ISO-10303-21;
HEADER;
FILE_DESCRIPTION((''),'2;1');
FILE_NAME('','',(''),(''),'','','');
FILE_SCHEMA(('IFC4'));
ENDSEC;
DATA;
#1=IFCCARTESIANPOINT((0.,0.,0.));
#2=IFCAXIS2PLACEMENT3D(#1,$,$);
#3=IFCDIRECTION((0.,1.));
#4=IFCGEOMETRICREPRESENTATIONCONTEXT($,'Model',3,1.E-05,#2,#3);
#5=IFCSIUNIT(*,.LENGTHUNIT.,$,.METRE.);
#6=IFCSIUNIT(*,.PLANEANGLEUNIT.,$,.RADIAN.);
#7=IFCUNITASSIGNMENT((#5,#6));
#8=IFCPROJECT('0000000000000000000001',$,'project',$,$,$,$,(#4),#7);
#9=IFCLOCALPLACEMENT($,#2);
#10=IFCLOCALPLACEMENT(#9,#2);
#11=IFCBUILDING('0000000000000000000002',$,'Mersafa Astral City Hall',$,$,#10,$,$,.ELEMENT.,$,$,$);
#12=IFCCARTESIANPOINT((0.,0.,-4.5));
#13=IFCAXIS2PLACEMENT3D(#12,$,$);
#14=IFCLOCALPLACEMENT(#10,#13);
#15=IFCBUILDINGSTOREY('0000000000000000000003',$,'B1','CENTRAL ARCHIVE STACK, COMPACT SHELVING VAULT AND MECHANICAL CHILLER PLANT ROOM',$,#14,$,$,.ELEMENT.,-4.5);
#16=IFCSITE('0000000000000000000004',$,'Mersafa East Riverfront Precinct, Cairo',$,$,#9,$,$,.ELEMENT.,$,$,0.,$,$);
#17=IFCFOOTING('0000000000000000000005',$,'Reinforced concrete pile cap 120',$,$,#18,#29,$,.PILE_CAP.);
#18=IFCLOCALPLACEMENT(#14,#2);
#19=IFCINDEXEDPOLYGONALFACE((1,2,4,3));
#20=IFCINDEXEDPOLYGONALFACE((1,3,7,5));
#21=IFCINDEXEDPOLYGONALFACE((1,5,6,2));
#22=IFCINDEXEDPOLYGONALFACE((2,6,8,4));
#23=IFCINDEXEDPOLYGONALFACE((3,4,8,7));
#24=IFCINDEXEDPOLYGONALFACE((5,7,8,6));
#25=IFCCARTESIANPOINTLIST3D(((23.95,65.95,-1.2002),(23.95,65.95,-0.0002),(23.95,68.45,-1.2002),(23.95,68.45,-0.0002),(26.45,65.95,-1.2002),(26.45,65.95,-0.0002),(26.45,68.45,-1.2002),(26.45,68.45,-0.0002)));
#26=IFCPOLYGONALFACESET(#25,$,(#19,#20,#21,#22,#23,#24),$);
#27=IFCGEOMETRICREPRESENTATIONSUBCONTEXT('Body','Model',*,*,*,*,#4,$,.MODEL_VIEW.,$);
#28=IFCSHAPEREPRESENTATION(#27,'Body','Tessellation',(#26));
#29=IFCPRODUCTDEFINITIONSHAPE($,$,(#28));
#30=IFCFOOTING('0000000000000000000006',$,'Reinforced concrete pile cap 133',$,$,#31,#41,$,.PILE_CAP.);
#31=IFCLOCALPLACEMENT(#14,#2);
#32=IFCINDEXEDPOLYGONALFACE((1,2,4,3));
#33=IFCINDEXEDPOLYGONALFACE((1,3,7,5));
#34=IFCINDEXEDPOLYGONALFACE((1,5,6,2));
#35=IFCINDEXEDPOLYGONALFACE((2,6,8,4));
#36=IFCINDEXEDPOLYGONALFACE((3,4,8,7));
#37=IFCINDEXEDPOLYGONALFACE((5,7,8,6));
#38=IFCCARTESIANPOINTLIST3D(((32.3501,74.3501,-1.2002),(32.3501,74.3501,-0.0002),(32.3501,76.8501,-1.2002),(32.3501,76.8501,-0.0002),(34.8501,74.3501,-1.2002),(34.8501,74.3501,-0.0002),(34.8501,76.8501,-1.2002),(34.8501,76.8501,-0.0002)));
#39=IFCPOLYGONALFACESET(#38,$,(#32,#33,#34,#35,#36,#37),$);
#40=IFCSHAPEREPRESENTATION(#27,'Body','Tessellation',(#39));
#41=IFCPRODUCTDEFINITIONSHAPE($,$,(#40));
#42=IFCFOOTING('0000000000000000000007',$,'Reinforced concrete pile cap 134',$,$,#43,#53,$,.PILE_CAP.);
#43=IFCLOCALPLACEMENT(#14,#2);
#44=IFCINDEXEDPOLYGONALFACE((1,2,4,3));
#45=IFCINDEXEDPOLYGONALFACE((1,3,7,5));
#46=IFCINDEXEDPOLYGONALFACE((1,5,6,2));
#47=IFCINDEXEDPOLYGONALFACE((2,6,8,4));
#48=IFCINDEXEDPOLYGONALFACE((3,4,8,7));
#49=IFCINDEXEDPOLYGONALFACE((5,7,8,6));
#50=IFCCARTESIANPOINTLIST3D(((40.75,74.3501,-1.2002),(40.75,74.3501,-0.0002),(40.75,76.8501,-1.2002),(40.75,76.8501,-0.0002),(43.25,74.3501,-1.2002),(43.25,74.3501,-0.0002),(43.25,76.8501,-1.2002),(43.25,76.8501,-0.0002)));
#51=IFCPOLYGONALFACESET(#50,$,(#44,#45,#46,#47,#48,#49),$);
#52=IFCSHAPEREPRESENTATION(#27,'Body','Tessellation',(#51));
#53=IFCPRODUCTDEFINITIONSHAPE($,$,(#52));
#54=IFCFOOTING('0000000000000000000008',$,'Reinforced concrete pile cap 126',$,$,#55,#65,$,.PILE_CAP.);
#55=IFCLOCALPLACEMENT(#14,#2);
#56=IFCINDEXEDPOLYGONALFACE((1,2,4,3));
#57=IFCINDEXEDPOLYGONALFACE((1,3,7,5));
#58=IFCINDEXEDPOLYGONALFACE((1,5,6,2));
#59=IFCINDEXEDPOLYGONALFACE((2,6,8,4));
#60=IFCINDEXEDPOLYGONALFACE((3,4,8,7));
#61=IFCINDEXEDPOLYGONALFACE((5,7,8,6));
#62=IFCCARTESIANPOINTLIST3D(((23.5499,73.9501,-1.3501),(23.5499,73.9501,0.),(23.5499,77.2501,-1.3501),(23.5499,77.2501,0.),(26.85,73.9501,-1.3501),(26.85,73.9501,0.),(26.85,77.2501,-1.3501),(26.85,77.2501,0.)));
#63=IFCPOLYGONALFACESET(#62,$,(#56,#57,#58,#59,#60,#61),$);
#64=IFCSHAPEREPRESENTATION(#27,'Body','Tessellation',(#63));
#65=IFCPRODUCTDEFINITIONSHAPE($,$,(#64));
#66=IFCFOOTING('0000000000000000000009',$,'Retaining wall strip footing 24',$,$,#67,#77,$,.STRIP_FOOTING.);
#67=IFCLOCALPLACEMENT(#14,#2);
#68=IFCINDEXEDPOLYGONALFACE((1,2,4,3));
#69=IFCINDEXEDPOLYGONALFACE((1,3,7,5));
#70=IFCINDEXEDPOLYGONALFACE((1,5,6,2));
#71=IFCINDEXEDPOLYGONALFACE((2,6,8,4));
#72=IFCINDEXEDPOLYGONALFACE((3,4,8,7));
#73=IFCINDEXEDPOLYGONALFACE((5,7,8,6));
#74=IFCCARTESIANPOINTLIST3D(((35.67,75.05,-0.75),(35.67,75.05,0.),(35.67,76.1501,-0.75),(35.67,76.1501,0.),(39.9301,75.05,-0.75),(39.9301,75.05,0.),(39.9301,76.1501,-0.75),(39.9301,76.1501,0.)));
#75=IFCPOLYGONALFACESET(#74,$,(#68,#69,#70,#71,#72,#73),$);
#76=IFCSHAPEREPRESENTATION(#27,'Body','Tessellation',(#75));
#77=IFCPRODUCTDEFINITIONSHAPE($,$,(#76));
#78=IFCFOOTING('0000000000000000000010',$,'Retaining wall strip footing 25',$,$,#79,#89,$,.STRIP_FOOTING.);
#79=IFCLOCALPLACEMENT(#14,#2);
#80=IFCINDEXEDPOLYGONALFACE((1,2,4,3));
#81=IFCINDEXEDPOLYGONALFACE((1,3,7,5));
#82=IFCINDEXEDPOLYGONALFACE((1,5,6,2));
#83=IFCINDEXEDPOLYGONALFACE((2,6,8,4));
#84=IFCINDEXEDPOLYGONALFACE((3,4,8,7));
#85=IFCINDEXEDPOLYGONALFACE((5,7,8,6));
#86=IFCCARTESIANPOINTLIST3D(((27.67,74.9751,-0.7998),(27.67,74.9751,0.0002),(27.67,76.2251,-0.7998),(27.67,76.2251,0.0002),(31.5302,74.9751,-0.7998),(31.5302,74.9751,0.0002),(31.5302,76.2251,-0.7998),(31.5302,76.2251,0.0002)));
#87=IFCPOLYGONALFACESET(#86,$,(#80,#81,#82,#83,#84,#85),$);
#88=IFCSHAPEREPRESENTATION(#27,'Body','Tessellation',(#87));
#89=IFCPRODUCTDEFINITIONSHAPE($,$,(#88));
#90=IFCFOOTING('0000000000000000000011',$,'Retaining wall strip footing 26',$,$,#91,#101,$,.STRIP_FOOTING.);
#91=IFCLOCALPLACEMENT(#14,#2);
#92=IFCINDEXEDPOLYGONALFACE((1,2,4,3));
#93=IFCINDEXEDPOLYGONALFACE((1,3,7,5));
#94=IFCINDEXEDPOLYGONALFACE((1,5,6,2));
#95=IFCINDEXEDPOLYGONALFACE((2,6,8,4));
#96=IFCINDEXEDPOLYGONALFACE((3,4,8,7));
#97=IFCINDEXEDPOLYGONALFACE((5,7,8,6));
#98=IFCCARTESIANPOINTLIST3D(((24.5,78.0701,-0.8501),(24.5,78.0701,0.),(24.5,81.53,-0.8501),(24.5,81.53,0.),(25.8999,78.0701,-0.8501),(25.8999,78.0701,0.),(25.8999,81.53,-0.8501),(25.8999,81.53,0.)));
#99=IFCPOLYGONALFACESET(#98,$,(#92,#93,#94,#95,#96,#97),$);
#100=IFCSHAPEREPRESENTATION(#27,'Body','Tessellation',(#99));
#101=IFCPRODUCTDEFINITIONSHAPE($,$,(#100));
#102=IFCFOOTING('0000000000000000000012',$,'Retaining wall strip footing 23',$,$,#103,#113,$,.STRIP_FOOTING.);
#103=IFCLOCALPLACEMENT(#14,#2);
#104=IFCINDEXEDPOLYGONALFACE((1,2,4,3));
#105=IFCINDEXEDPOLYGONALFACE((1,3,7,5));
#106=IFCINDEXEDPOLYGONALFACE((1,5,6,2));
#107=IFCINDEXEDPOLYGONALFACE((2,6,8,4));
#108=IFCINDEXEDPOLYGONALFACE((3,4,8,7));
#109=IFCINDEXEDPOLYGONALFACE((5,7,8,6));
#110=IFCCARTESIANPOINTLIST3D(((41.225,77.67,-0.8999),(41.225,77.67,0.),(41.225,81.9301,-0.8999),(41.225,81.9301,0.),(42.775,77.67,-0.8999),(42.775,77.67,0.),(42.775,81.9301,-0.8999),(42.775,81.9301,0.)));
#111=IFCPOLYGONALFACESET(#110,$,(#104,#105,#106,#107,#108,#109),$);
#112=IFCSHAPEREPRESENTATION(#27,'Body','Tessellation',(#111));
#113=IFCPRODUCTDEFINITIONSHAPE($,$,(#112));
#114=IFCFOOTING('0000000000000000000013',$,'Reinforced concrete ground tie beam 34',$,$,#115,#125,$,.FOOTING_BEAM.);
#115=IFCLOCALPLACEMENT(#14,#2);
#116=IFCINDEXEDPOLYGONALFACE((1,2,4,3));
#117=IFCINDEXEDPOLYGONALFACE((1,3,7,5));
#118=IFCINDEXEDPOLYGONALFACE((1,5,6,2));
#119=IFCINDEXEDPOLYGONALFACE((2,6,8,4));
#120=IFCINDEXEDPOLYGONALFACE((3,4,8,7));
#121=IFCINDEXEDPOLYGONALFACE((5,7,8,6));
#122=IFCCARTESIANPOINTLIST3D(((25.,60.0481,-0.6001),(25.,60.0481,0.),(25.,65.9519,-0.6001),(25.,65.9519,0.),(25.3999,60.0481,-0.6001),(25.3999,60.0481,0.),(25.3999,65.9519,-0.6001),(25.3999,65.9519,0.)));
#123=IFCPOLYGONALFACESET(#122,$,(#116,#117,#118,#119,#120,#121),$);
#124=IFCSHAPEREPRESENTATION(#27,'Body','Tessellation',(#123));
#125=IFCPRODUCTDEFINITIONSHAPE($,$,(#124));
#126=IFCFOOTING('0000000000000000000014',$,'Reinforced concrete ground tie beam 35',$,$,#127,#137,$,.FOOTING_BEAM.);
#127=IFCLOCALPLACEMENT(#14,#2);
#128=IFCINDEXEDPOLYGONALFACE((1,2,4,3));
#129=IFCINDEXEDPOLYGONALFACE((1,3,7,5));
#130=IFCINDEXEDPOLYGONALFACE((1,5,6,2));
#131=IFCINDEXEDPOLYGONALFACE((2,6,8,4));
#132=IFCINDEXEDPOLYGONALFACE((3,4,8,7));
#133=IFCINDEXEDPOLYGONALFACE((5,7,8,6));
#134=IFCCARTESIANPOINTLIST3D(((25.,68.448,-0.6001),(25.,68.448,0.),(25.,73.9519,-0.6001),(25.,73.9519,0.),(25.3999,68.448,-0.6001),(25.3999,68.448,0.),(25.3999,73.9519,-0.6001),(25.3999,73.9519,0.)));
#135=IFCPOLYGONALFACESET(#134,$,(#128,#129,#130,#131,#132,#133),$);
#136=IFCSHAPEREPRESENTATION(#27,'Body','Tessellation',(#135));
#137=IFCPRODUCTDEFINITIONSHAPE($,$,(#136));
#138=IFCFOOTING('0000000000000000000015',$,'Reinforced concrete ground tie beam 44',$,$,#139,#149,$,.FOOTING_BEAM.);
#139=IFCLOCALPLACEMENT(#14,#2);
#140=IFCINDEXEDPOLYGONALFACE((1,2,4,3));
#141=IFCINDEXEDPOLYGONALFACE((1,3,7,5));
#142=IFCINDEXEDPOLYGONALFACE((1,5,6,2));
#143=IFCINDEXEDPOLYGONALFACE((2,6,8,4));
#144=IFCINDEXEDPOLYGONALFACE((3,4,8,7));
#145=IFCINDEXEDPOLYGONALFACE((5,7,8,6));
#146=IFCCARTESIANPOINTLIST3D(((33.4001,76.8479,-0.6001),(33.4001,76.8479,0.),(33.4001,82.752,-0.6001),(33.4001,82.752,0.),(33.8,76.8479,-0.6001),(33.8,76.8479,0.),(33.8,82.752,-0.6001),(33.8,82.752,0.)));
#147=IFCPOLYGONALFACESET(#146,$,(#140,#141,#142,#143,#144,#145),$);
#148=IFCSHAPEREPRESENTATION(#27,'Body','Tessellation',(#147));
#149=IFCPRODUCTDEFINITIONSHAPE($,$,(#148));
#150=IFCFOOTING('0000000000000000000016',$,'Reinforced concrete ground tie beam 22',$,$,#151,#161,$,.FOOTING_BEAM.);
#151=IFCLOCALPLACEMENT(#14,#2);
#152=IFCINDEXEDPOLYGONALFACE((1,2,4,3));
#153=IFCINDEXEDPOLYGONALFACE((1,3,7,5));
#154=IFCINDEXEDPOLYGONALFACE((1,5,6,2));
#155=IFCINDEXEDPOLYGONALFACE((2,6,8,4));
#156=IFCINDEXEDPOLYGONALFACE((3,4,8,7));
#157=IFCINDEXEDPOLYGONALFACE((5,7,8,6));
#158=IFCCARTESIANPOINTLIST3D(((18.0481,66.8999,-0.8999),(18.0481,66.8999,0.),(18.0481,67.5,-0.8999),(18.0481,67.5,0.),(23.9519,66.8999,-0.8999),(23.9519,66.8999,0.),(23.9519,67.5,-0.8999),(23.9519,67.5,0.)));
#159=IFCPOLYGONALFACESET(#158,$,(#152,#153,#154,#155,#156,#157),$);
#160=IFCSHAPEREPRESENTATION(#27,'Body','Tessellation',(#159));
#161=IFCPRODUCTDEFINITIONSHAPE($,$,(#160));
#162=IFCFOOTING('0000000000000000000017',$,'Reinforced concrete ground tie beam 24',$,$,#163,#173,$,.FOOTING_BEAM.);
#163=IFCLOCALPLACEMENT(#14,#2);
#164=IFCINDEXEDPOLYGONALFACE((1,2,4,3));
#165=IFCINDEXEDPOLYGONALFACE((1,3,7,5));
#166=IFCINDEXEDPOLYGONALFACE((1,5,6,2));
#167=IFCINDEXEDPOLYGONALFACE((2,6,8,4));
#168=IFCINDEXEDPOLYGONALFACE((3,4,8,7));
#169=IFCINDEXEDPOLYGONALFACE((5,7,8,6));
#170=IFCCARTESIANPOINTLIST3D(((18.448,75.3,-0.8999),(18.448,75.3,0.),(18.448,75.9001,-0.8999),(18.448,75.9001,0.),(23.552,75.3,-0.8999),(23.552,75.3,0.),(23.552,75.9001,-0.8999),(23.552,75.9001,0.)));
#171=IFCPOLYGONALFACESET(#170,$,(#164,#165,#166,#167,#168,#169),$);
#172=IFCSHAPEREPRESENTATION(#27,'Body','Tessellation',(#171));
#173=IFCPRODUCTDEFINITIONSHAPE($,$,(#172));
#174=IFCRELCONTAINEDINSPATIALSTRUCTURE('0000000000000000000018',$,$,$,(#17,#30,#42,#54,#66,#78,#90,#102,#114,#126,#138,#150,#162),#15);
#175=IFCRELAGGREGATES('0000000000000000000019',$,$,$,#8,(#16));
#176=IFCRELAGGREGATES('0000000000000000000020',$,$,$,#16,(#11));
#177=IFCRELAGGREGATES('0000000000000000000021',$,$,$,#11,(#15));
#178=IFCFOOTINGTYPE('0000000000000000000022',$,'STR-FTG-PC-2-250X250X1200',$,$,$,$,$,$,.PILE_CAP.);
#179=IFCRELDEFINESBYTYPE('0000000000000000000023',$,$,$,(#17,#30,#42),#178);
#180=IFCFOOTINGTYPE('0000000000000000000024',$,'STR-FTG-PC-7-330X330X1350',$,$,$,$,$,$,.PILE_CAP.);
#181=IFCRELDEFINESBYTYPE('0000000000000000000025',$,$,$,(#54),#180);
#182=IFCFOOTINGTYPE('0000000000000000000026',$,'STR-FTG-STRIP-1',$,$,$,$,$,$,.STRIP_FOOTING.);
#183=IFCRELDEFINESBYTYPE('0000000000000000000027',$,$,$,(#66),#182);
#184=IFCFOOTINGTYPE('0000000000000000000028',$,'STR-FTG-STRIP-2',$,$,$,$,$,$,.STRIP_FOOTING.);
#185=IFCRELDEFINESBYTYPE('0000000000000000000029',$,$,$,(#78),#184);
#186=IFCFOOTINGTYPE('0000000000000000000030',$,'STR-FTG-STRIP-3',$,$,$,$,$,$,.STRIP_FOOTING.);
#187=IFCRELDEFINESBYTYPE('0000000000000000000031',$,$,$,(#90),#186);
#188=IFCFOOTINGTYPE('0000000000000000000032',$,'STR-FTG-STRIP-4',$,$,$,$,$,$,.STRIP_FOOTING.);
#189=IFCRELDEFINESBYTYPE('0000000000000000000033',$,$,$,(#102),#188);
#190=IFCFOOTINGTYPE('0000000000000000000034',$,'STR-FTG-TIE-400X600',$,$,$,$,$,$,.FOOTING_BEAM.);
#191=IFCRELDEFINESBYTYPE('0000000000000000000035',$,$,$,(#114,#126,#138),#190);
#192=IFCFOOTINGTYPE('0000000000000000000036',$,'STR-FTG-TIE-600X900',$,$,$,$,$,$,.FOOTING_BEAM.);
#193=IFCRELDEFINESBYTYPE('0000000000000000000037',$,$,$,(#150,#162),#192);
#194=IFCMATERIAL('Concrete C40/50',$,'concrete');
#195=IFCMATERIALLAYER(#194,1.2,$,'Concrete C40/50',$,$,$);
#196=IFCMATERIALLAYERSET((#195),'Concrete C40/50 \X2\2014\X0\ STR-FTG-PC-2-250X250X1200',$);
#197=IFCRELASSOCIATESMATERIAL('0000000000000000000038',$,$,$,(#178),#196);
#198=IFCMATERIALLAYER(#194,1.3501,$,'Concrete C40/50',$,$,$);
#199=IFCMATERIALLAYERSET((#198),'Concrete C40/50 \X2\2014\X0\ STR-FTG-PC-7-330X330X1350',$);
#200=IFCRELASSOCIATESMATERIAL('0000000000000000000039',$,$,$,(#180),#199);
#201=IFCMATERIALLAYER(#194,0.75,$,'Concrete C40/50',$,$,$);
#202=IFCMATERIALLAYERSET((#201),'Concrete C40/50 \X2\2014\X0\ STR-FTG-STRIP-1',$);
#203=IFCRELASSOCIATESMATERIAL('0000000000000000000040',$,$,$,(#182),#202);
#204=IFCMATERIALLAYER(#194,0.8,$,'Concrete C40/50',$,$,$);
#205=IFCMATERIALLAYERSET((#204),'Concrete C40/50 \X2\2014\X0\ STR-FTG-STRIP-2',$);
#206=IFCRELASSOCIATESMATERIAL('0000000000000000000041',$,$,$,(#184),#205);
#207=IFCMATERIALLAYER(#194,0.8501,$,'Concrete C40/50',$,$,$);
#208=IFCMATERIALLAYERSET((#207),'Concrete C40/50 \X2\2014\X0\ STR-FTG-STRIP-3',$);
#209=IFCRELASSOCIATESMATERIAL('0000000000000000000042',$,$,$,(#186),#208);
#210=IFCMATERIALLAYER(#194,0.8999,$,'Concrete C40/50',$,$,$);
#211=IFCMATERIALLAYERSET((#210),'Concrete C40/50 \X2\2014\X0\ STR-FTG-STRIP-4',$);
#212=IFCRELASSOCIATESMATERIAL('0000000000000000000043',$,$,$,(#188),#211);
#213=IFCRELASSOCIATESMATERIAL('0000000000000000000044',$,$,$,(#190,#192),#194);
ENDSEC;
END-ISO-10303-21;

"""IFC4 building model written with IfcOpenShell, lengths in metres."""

from ifc_helpers import new_model, si_unit, direction, frame, origin, origin_2d, place, context, subcontext, project, spatial, rectangle, extrude, material, layer, layer_set, material_profile, profile_set, type_object, element, save


model = new_model("IFC4")

# Units and contexts
model_context = context("Model", 3, precision=1e-05, world=origin(), true_north=direction((0.0, 1.0)))
body_context = subcontext(model_context, "Body", "Model", "MODEL_VIEW")
ifc_project = project(units=[si_unit("LENGTHUNIT", "METRE"), si_unit("PLANEANGLEUNIT", "RADIAN")], contexts=[model_context])

# Site, building, storey
site_placement = place(None, origin())
site = spatial("IfcSite", under=ifc_project, at=site_placement, Name="Mersafa East Riverfront Precinct, Cairo", CompositionType="ELEMENT", RefElevation=0.0)
building_placement = place(site_placement, origin())
building = spatial("IfcBuilding", under=site, at=building_placement, Name="Mersafa Astral City Hall", CompositionType="ELEMENT")
storey_placement = place(building_placement, frame((0.0, 0.0, -4.5)))
storey = spatial("IfcBuildingStorey", under=building, at=storey_placement, Name="B1", Description="CENTRAL ARCHIVE STACK, COMPACT SHELVING VAULT AND MECHANICAL CHILLER PLANT ROOM", CompositionType="ELEMENT", Elevation=-4.5)

# Footings
ifc_material_1 = material(Name="Concrete C40/50", Category="concrete")
ifc_layer_1 = layer(ifc_material_1, 1.2, Name="Concrete C40/50")
ifc_layer_set_1 = layer_set([ifc_layer_1], Name="Concrete C40/50 — STR-FTG-PC-2-250X250X1200")
footing_type_1 = type_object("IfcFootingType", Name="STR-FTG-PC-2-250X250X1200", PredefinedType="PILE_CAP", material=ifc_layer_set_1)
for number, where, z_axis, x_axis, name in (
    (1, (25.2, 67.2, -1.2002), (0.0, 0.0, 1.0), (1.0, 0.0, 0.0), "Reinforced concrete pile cap 120"),
    (2, (33.6001, 75.6001, -1.2002), (0.0, 0.0, 1.0), (1.0, 0.0, 0.0), "Reinforced concrete pile cap 133"),
    (3, (42.0, 75.6001, -1.2002), (0.0, 0.0, 1.0), (1.0, 0.0, 0.0), "Reinforced concrete pile cap 134"),
):
    element("IfcFooting", number, at=place(storey_placement, frame(where, z_axis=z_axis, x_axis=x_axis)), inside=storey, type_object=footing_type_1, Name=name, PredefinedType="PILE_CAP", context=body_context, shape_type="SweptSolid", body=[
        extrude(rectangle(XDim=2.5, YDim=2.5, at=origin_2d()), origin(), (0.0, 0.0, 1.0), 1.2),
    ])
ifc_layer_2 = layer(ifc_material_1, 1.3501, Name="Concrete C40/50")
ifc_layer_set_2 = layer_set([ifc_layer_2], Name="Concrete C40/50 — STR-FTG-PC-7-330X330X1350")
footing_type_2 = type_object("IfcFootingType", Name="STR-FTG-PC-7-330X330X1350", PredefinedType="PILE_CAP", material=ifc_layer_set_2)
footing_1_placement = place(storey_placement, frame((25.2, 75.6001, -1.3501), z_axis=(0.0, 0.0, 1.0), x_axis=(1.0, 0.0, 0.0)))
element("IfcFooting", 4, at=footing_1_placement, inside=storey, type_object=footing_type_2, Name="Reinforced concrete pile cap 126", PredefinedType="PILE_CAP", context=body_context, shape_type="SweptSolid", body=[
    extrude(rectangle(XDim=3.3, YDim=3.3, at=origin_2d()), origin(), (0.0, 0.0, 1.0), 1.3501),
])
ifc_layer_3 = layer(ifc_material_1, 0.75, Name="Concrete C40/50")
ifc_layer_set_3 = layer_set([ifc_layer_3], Name="Concrete C40/50 — STR-FTG-STRIP-1")
footing_type_3 = type_object("IfcFootingType", Name="STR-FTG-STRIP-1", PredefinedType="STRIP_FOOTING", material=ifc_layer_set_3)
footing_2_placement = place(storey_placement, frame((37.8, 75.6001, -0.75), z_axis=(0.0, 0.0, 1.0), x_axis=(-1.0, 0.0, 0.0)))
element("IfcFooting", 5, at=footing_2_placement, inside=storey, type_object=footing_type_3, Name="Retaining wall strip footing 24", PredefinedType="STRIP_FOOTING", context=body_context, shape_type="SweptSolid", body=[
    extrude(rectangle(XDim=4.26, YDim=1.1001, at=origin_2d()), origin(), (0.0, 0.0, 1.0), 0.75),
])
ifc_layer_4 = layer(ifc_material_1, 0.8, Name="Concrete C40/50")
ifc_layer_set_4 = layer_set([ifc_layer_4], Name="Concrete C40/50 — STR-FTG-STRIP-2")
footing_type_4 = type_object("IfcFootingType", Name="STR-FTG-STRIP-2", PredefinedType="STRIP_FOOTING", material=ifc_layer_set_4)
footing_3_placement = place(storey_placement, frame((29.6001, 75.6001, -0.7998), z_axis=(0.0, 0.0, 1.0), x_axis=(-1.0, 0.0, 0.0)))
element("IfcFooting", 6, at=footing_3_placement, inside=storey, type_object=footing_type_4, Name="Retaining wall strip footing 25", PredefinedType="STRIP_FOOTING", context=body_context, shape_type="SweptSolid", body=[
    extrude(rectangle(XDim=3.8601, YDim=1.25, at=origin_2d()), origin(), (0.0, 0.0, 1.0), 0.8),
])
ifc_layer_5 = layer(ifc_material_1, 0.8501, Name="Concrete C40/50")
ifc_layer_set_5 = layer_set([ifc_layer_5], Name="Concrete C40/50 — STR-FTG-STRIP-3")
footing_type_5 = type_object("IfcFootingType", Name="STR-FTG-STRIP-3", PredefinedType="STRIP_FOOTING", material=ifc_layer_set_5)
footing_4_placement = place(storey_placement, frame((25.2, 79.8, -0.8501), z_axis=(0.0, 0.0, 1.0), x_axis=(0.0, 1.0, 0.0)))
element("IfcFooting", 7, at=footing_4_placement, inside=storey, type_object=footing_type_5, Name="Retaining wall strip footing 26", PredefinedType="STRIP_FOOTING", context=body_context, shape_type="SweptSolid", body=[
    extrude(rectangle(XDim=3.46, YDim=1.3999, at=origin_2d()), origin(), (0.0, 0.0, 1.0), 0.8501),
])
ifc_layer_6 = layer(ifc_material_1, 0.8999, Name="Concrete C40/50")
ifc_layer_set_6 = layer_set([ifc_layer_6], Name="Concrete C40/50 — STR-FTG-STRIP-4")
footing_type_6 = type_object("IfcFootingType", Name="STR-FTG-STRIP-4", PredefinedType="STRIP_FOOTING", material=ifc_layer_set_6)
footing_5_placement = place(storey_placement, frame((42.0, 79.8, -0.8999), z_axis=(0.0, 0.0, 1.0), x_axis=(0.0, -1.0, 0.0)))
element("IfcFooting", 8, at=footing_5_placement, inside=storey, type_object=footing_type_6, Name="Retaining wall strip footing 23", PredefinedType="STRIP_FOOTING", context=body_context, shape_type="SweptSolid", body=[
    extrude(rectangle(XDim=4.26, YDim=1.55, at=origin_2d()), origin(), (0.0, 0.0, 1.0), 0.8999),
])
ifc_material_profile_1 = material_profile(ifc_material_1, rectangle(XDim=0.3999, YDim=0.6001, at=origin_2d()), Name="RC 400x600")
ifc_profile_set_1 = profile_set([ifc_material_profile_1], Name="Concrete C40/50")
footing_type_7 = type_object("IfcFootingType", Name="STR-FTG-TIE-400X600", PredefinedType="FOOTING_BEAM", material=ifc_profile_set_1)
footing_6_placement = place(storey_placement, frame((25.2, 60.0481, -0.3), z_axis=(0.0, 1.0, 0.0), x_axis=(-1.0, 0.0, 0.0)))
element("IfcFooting", 9, at=footing_6_placement, inside=storey, type_object=footing_type_7, Name="Reinforced concrete ground tie beam 34", PredefinedType="FOOTING_BEAM", context=body_context, shape_type="SweptSolid", body=[
    extrude(rectangle(XDim=0.3999, YDim=0.6001, at=origin_2d()), origin(), (0.0, 0.0, 1.0), 5.9038),
])
footing_7_placement = place(storey_placement, frame((25.2, 68.448, -0.3), z_axis=(0.0, 1.0, 0.0), x_axis=(-1.0, 0.0, 0.0)))
element("IfcFooting", 10, at=footing_7_placement, inside=storey, type_object=footing_type_7, Name="Reinforced concrete ground tie beam 35", PredefinedType="FOOTING_BEAM", context=body_context, shape_type="SweptSolid", body=[
    extrude(rectangle(XDim=0.3999, YDim=0.6001, at=origin_2d()), origin(), (0.0, 0.0, 1.0), 5.5039),
])
footing_8_placement = place(storey_placement, frame((33.6001, 76.8479, -0.3), z_axis=(0.0, 1.0, 0.0), x_axis=(-1.0, 0.0, 0.0)))
element("IfcFooting", 11, at=footing_8_placement, inside=storey, type_object=footing_type_7, Name="Reinforced concrete ground tie beam 44", PredefinedType="FOOTING_BEAM", context=body_context, shape_type="SweptSolid", body=[
    extrude(rectangle(XDim=0.3999, YDim=0.6001, at=origin_2d()), origin(), (0.0, 0.0, 1.0), 5.9041),
])
ifc_material_profile_2 = material_profile(ifc_material_1, rectangle(XDim=0.6001, YDim=0.8999, at=origin_2d()), Name="RC 600x900")
ifc_profile_set_2 = profile_set([ifc_material_profile_2], Name="Concrete C40/50")
footing_type_8 = type_object("IfcFootingType", Name="STR-FTG-TIE-600X900", PredefinedType="FOOTING_BEAM", material=ifc_profile_set_2)
footing_9_placement = place(storey_placement, frame((18.0481, 67.2, -0.45), z_axis=(1.0, 0.0, 0.0), x_axis=(0.0, 1.0, 0.0)))
element("IfcFooting", 12, at=footing_9_placement, inside=storey, type_object=footing_type_8, Name="Reinforced concrete ground tie beam 22", PredefinedType="FOOTING_BEAM", context=body_context, shape_type="SweptSolid", body=[
    extrude(rectangle(XDim=0.6001, YDim=0.8999, at=origin_2d()), origin(), (0.0, 0.0, 1.0), 5.9038),
])
footing_10_placement = place(storey_placement, frame((18.448, 75.6001, -0.45), z_axis=(1.0, 0.0, 0.0), x_axis=(0.0, 1.0, 0.0)))
element("IfcFooting", 13, at=footing_10_placement, inside=storey, type_object=footing_type_8, Name="Reinforced concrete ground tie beam 24", PredefinedType="FOOTING_BEAM", context=body_context, shape_type="SweptSolid", body=[
    extrude(rectangle(XDim=0.6001, YDim=0.8999, at=origin_2d()), origin(), (0.0, 0.0, 1.0), 5.104),
])

save(model, "model.ifc")
